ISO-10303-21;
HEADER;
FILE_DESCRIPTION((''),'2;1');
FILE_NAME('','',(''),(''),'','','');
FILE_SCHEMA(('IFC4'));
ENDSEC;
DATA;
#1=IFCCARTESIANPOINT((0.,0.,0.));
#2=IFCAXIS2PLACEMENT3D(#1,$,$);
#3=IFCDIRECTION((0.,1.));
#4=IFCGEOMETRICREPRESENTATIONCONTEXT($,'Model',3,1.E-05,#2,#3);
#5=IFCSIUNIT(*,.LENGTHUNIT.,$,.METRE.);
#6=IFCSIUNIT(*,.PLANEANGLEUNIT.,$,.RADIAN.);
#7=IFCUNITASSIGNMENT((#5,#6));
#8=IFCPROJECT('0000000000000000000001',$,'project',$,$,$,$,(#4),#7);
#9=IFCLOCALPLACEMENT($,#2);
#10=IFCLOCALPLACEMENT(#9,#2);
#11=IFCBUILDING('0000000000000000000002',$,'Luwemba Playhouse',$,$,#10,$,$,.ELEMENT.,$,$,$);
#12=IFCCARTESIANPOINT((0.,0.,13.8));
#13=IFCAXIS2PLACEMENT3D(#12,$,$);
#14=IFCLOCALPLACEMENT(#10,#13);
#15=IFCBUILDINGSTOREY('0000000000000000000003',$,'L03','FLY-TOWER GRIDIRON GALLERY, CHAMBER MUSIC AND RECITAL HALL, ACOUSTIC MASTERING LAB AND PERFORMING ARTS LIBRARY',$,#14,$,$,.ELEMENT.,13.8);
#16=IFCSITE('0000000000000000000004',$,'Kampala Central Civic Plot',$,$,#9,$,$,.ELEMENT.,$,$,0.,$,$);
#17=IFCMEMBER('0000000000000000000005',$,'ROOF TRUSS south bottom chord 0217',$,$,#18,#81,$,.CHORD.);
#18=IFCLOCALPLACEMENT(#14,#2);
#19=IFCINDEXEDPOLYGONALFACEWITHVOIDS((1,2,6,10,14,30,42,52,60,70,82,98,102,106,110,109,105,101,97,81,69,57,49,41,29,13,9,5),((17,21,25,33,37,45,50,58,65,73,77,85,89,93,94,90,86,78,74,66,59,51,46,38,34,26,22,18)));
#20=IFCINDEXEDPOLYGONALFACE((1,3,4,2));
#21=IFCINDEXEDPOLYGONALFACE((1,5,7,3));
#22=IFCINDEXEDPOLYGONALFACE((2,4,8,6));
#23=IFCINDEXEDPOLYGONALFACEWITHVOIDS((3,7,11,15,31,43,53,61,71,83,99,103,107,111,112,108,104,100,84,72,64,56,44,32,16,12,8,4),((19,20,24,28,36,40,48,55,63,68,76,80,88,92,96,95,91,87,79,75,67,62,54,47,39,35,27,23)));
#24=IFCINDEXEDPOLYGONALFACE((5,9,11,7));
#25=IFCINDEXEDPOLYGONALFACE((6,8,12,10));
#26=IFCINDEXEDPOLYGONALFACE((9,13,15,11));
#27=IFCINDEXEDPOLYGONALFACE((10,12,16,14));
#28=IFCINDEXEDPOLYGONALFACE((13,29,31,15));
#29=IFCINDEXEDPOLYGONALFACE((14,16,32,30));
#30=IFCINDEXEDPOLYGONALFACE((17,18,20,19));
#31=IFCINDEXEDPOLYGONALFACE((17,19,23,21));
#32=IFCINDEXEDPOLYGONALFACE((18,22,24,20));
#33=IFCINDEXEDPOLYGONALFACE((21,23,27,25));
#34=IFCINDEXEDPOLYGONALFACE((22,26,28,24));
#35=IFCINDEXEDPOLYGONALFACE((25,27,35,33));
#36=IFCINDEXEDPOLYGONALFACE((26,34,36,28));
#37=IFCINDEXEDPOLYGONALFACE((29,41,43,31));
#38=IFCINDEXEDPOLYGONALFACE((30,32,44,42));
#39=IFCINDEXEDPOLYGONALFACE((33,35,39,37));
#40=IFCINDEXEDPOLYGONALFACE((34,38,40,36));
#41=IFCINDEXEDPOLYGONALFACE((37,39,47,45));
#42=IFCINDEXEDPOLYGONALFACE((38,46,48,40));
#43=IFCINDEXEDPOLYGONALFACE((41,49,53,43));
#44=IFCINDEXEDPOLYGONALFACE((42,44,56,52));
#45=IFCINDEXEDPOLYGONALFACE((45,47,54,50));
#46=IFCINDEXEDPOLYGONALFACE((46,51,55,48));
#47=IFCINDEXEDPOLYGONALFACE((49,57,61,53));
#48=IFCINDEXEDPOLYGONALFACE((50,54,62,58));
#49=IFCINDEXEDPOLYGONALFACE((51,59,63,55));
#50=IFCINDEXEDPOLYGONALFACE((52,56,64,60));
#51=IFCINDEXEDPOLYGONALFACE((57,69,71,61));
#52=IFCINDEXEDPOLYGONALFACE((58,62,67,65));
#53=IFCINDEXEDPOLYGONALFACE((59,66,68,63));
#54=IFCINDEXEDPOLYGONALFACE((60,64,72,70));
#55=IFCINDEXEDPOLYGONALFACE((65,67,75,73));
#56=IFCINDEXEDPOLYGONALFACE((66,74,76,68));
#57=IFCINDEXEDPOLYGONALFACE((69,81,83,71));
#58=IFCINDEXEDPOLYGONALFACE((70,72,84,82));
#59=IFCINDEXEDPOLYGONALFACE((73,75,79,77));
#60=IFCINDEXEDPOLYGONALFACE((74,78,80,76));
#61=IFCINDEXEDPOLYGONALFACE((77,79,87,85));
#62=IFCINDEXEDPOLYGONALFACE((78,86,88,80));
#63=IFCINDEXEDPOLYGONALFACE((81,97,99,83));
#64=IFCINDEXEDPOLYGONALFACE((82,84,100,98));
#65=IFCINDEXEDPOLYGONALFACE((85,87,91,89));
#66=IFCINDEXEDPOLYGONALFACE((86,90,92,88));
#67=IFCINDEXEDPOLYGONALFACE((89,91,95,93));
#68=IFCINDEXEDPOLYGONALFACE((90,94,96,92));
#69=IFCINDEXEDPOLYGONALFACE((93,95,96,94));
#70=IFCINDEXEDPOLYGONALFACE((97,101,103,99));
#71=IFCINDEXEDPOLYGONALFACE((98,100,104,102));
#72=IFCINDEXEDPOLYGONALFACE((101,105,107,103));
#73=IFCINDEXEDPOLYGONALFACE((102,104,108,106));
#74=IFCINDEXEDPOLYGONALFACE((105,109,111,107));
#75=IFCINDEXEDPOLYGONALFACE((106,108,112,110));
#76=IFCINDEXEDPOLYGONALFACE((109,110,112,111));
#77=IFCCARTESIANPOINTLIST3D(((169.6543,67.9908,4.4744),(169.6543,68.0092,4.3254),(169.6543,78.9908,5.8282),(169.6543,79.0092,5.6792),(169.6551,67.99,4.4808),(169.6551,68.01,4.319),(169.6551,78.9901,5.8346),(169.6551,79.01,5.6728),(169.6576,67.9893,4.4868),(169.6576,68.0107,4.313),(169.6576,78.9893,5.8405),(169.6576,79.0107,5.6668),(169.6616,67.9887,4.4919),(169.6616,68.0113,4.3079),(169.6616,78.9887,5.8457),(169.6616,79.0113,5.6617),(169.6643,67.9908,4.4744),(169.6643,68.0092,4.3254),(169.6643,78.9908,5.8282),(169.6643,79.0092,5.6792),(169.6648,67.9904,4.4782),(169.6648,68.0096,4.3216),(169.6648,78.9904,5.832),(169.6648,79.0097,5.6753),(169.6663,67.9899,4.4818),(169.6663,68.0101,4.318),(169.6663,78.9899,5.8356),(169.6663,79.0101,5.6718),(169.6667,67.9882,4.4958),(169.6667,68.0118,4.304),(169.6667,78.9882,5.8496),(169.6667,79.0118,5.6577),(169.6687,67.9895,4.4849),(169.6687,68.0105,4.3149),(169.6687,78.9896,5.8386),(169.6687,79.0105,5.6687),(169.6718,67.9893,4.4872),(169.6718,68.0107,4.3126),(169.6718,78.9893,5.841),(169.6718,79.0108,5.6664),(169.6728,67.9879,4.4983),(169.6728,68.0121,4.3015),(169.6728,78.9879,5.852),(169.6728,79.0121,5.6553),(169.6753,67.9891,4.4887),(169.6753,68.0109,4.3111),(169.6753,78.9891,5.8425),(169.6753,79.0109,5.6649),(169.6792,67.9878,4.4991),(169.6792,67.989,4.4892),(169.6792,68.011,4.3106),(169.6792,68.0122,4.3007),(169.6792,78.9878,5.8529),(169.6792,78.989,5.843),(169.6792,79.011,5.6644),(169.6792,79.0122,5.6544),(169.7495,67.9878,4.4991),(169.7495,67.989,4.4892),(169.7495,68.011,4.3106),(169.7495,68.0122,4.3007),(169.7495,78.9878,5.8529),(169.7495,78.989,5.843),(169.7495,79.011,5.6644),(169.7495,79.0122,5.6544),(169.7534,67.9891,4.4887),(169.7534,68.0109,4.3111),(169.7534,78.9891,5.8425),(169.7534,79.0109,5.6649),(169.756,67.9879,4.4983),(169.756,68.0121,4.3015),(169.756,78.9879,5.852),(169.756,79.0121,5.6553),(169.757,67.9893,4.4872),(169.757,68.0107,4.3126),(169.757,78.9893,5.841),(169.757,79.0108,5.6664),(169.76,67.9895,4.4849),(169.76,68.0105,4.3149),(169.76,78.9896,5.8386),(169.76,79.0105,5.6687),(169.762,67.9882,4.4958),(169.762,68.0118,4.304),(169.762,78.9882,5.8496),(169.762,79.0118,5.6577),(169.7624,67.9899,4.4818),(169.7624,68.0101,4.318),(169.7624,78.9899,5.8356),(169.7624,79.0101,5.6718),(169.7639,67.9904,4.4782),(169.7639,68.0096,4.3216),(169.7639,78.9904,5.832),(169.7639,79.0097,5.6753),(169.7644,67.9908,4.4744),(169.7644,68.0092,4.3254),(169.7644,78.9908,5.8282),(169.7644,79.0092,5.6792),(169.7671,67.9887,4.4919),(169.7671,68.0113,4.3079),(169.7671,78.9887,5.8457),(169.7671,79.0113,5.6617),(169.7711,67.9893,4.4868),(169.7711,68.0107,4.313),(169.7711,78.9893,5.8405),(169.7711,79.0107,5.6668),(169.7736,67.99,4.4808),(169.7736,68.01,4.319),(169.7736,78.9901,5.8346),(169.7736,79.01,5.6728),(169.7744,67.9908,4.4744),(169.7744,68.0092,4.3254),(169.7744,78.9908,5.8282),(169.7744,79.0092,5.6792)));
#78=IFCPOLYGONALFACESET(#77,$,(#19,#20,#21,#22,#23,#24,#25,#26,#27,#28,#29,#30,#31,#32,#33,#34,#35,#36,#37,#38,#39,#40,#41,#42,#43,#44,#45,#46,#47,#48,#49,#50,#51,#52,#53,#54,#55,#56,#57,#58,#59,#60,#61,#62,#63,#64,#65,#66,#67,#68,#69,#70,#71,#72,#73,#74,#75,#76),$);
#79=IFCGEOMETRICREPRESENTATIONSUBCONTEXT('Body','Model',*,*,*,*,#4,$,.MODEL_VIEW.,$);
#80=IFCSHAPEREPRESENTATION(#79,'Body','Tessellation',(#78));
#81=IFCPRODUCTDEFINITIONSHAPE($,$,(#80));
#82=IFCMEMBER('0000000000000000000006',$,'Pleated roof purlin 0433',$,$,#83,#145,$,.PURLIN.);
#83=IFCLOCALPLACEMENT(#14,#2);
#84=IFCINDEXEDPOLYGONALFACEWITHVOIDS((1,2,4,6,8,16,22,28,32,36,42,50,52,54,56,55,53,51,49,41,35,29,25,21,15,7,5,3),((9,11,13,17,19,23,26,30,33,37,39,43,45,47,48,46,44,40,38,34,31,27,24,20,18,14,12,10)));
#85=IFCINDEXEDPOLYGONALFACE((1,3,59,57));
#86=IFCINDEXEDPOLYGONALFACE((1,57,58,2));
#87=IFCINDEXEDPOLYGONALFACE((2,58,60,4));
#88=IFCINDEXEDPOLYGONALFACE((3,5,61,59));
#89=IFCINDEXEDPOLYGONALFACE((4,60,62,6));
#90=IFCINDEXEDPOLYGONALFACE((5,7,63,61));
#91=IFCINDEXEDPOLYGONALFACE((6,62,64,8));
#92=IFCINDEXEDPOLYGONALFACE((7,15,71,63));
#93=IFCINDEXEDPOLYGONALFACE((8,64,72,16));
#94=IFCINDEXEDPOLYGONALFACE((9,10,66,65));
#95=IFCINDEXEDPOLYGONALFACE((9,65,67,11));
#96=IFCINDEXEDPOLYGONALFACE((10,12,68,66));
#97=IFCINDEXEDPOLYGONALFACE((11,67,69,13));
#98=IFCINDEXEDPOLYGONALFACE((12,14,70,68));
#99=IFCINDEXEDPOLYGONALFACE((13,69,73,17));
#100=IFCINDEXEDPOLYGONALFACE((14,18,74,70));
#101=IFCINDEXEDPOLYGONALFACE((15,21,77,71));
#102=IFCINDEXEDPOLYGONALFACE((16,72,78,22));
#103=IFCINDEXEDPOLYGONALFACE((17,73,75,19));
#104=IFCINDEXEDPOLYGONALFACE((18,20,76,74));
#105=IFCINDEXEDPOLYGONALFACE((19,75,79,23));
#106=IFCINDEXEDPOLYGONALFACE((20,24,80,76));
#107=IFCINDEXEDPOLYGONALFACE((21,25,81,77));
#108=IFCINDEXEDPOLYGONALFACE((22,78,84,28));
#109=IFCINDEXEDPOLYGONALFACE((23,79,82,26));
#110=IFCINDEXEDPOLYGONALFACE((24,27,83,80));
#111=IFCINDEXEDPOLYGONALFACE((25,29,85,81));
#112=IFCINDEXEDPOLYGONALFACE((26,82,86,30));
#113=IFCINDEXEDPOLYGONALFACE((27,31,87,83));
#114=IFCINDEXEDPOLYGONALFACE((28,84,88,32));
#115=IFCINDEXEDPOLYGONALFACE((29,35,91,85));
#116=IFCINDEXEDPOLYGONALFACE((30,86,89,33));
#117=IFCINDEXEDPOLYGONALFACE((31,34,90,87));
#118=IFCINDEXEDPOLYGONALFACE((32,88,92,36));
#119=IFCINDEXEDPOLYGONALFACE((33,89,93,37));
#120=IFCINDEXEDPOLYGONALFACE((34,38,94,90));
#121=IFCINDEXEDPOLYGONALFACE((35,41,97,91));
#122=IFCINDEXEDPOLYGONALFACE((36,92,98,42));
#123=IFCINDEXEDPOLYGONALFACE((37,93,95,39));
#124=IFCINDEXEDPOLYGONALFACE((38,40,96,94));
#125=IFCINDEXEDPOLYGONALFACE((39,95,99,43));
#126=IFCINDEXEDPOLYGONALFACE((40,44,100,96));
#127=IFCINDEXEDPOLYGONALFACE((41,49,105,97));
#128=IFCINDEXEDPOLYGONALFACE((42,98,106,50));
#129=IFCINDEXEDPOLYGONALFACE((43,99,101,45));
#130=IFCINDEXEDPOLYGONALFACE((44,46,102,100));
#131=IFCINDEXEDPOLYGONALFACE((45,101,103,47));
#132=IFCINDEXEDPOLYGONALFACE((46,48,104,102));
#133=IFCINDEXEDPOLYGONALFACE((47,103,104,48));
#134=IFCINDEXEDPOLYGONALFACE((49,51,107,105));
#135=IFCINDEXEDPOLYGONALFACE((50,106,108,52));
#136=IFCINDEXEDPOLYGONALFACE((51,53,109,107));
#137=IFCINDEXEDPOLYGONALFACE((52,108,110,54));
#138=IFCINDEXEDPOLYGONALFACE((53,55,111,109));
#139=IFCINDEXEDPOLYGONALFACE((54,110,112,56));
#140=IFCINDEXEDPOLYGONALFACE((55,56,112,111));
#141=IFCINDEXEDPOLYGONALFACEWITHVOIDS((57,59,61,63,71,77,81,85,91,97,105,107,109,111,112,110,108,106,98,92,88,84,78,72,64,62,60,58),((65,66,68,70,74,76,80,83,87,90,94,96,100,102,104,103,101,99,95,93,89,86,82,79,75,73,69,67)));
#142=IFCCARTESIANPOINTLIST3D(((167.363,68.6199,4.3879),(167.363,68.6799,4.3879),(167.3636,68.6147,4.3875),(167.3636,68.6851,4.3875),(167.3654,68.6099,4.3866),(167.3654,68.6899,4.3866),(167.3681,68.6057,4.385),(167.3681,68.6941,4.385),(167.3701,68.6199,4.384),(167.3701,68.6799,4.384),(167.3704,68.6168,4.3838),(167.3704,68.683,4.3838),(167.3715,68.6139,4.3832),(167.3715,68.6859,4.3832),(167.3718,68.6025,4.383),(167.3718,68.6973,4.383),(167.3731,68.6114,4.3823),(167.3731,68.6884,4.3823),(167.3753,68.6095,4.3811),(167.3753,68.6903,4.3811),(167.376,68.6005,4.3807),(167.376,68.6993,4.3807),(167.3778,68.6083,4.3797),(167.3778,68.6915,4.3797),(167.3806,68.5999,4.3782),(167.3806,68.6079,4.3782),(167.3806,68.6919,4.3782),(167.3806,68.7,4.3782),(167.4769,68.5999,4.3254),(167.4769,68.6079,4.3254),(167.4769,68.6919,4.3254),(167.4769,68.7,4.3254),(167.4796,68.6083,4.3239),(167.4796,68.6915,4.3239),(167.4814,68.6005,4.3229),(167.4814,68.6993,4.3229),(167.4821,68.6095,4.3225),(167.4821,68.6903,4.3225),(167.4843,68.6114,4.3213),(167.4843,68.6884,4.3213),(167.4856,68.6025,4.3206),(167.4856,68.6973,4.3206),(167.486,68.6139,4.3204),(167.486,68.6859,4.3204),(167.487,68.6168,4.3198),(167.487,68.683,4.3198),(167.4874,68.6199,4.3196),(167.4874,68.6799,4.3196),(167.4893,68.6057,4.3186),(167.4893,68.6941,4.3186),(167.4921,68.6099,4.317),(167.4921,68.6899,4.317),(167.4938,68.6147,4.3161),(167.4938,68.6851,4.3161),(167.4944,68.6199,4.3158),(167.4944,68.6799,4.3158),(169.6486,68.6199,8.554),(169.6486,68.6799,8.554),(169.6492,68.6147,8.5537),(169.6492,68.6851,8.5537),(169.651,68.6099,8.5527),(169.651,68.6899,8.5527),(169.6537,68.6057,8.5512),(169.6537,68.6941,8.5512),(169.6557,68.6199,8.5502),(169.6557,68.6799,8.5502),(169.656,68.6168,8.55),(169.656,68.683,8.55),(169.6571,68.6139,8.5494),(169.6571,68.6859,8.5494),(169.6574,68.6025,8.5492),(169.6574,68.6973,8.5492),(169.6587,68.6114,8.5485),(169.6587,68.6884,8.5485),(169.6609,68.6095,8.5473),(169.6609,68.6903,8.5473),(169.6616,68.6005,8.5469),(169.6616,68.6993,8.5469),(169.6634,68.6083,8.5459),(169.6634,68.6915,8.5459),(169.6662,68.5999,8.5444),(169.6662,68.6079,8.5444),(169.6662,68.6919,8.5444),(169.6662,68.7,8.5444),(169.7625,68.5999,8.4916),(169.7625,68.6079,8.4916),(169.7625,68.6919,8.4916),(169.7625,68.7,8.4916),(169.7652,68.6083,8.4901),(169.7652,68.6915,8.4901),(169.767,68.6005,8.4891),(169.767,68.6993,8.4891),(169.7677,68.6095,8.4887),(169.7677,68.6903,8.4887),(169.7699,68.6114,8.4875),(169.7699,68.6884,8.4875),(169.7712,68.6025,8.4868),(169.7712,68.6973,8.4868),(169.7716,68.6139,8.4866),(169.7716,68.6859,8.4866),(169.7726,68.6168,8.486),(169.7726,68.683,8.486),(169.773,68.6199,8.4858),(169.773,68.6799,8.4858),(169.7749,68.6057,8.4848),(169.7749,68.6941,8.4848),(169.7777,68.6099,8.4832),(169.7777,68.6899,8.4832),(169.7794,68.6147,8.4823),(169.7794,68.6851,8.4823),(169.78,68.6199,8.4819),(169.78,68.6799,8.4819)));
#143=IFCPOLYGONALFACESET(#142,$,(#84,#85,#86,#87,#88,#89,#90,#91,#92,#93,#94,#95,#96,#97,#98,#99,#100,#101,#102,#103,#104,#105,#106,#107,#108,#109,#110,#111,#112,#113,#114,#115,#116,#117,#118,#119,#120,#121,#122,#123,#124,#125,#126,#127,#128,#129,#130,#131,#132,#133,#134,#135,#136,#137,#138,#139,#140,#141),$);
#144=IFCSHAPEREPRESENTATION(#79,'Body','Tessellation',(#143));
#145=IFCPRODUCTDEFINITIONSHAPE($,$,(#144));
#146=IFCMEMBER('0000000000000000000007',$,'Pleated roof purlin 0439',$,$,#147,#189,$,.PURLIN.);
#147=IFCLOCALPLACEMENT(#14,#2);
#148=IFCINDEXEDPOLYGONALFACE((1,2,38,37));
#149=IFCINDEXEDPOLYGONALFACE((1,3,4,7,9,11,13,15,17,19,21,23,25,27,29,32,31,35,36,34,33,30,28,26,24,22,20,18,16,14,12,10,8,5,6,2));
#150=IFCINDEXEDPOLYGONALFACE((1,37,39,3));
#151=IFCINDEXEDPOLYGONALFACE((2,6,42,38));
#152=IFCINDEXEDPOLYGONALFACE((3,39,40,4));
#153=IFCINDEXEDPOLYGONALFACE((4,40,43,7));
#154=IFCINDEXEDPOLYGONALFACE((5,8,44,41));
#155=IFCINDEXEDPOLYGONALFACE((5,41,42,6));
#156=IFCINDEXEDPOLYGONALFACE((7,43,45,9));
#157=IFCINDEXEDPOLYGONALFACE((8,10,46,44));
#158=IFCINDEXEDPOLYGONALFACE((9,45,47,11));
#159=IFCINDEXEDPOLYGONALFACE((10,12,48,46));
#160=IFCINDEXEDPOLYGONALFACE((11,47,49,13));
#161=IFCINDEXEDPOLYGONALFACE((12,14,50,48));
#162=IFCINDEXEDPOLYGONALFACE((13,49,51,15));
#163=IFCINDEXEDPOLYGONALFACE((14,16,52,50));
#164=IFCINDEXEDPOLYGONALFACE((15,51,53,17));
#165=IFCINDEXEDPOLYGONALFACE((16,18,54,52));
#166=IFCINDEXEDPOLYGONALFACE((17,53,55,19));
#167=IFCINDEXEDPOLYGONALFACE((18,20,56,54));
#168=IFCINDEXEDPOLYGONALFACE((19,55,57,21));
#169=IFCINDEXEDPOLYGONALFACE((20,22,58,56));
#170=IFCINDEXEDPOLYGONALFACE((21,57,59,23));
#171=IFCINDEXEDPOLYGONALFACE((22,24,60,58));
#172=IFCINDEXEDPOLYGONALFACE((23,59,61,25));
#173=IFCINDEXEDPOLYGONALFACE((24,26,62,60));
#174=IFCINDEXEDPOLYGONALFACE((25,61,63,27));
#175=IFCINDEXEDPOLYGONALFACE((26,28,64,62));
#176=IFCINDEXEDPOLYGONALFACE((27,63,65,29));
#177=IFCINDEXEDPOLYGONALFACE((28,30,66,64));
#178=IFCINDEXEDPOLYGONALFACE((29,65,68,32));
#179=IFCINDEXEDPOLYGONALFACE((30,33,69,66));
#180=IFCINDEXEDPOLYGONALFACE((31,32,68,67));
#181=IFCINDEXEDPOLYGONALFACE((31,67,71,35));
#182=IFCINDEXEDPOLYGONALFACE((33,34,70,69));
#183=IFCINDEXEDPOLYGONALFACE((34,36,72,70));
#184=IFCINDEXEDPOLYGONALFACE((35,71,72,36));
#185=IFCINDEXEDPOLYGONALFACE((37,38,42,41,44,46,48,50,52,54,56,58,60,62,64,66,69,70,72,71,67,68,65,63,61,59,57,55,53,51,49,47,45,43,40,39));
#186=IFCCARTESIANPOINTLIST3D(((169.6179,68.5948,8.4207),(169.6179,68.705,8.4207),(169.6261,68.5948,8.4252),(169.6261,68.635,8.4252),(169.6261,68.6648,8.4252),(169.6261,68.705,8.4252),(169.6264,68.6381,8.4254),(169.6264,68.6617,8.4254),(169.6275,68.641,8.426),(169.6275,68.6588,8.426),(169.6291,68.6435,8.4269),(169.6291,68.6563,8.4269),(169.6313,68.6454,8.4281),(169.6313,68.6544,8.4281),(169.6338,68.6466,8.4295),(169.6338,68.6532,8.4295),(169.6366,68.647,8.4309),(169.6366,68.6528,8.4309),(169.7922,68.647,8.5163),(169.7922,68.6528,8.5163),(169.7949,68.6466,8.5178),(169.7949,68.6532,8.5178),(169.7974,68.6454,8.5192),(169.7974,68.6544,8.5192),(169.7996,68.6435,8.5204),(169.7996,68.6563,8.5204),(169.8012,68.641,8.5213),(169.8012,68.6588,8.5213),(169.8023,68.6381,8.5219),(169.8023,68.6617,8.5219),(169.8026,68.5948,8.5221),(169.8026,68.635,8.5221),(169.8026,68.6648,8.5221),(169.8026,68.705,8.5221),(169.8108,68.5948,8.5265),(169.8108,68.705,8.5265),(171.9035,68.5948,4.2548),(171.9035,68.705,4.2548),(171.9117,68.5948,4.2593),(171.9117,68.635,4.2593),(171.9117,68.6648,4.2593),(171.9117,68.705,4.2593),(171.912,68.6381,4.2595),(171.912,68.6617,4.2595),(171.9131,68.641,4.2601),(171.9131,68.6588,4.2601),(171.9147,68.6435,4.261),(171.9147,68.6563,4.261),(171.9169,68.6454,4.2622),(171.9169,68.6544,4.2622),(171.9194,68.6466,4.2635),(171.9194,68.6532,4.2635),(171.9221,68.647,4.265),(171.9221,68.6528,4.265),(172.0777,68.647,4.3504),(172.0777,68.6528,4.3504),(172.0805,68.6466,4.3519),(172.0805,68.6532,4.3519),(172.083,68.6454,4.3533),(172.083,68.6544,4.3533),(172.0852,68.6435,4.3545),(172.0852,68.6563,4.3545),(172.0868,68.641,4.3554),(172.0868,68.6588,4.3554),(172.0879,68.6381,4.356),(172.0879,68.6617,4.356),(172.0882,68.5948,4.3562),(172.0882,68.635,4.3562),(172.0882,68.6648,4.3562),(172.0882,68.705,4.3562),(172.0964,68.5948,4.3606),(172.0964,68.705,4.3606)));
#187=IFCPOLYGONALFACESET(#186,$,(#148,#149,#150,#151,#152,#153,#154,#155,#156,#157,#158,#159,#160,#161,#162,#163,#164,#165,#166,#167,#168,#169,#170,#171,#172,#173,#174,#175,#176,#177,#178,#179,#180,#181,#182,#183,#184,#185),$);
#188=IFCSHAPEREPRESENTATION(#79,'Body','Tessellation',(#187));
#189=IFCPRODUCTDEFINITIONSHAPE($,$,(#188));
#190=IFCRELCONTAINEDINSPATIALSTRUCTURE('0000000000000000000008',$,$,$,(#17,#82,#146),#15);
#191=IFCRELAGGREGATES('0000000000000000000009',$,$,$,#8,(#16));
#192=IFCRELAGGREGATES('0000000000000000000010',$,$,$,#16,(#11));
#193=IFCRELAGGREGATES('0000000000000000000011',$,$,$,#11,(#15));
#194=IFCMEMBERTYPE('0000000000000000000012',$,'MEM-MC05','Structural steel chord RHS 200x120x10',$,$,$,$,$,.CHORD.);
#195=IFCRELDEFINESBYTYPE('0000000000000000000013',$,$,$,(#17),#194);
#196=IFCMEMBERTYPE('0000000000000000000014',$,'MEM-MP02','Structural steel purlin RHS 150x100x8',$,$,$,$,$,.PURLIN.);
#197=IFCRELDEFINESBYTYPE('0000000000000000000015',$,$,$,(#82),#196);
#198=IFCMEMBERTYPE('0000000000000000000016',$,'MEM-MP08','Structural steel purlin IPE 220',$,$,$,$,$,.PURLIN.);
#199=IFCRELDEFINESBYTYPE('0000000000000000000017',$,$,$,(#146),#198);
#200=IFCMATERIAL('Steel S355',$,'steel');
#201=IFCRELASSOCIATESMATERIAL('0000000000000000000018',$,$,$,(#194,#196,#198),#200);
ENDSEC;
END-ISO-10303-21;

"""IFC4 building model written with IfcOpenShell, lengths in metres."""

from ifc_helpers import new_model, si_unit, direction, frame, origin, origin_2d, place, context, subcontext, project, spatial, hollow_rectangle, i_section, extrude, material, material_profile, profile_set, type_object, element, save


model = new_model("IFC4")

# Units and contexts
model_context = context("Model", 3, precision=1e-05, world=origin(), true_north=direction((0.0, 1.0)))
body_context = subcontext(model_context, "Body", "Model", "MODEL_VIEW")
ifc_project = project(units=[si_unit("LENGTHUNIT", "METRE"), si_unit("PLANEANGLEUNIT", "RADIAN")], contexts=[model_context])

# Site, building, storey
site_placement = place(None, origin())
site = spatial("IfcSite", under=ifc_project, at=site_placement, Name="Kampala Central Civic Plot", CompositionType="ELEMENT", RefElevation=0.0)
building_placement = place(site_placement, origin())
building = spatial("IfcBuilding", under=site, at=building_placement, Name="Luwemba Playhouse", CompositionType="ELEMENT")
storey_placement = place(building_placement, frame((0.0, 0.0, 13.8)))
storey = spatial("IfcBuildingStorey", under=building, at=storey_placement, Name="L03", Description="FLY-TOWER GRIDIRON GALLERY, CHAMBER MUSIC AND RECITAL HALL, ACOUSTIC MASTERING LAB AND PERFORMING ARTS LIBRARY", CompositionType="ELEMENT", Elevation=13.8)

# Shared definitions
ifc_material_1 = material(Name="Steel S355", Category="steel")

# Members
ifc_material_profile_1 = material_profile(ifc_material_1, hollow_rectangle(XDim=0.1201, YDim=0.2, WallThickness=0.01, InnerFilletRadius=0.0149, OuterFilletRadius=0.0249, at=origin_2d()))
ifc_profile_set_1 = profile_set([ifc_material_profile_1], Name="Steel S355")
member_type_1 = type_object("IfcMemberType", Name="MEM-MC05", Description="Structural steel chord RHS 200x120x10", PredefinedType="CHORD", material=ifc_profile_set_1)
member_1_placement = place(storey_placement, frame((169.7144, 68.0, 4.3999), z_axis=(0.0, 0.992512, 0.122148), x_axis=(-1.0, 0.0, 0.0)))
element("IfcMember", 1, at=member_1_placement, inside=storey, type_object=member_type_1, Name="ROOF TRUSS south bottom chord 0217", PredefinedType="CHORD", context=body_context, shape_type="SweptSolid", body=[
    extrude(hollow_rectangle(XDim=0.1201, YDim=0.2, WallThickness=0.01, InnerFilletRadius=0.0149, OuterFilletRadius=0.0249, at=origin_2d()), origin(), (0.0, 0.0, 1.0), 11.083),
])
ifc_material_profile_2 = material_profile(ifc_material_1, hollow_rectangle(XDim=0.1001, YDim=0.1499, WallThickness=0.0081, InnerFilletRadius=0.012, OuterFilletRadius=0.02, at=origin_2d()))
ifc_profile_set_2 = profile_set([ifc_material_profile_2], Name="Steel S355")
member_type_2 = type_object("IfcMemberType", Name="MEM-MP02", Description="Structural steel purlin RHS 150x100x8", PredefinedType="PURLIN", material=ifc_profile_set_2)
member_2_placement = place(storey_placement, frame((167.4287, 68.6499, 4.3518), z_axis=(0.480982, 0.0, 0.876731), x_axis=(0.0, 1.0, 0.0)))
element("IfcMember", 2, at=member_2_placement, inside=storey, type_object=member_type_2, Name="Pleated roof purlin 0433", PredefinedType="PURLIN", context=body_context, shape_type="SweptSolid", body=[
    extrude(hollow_rectangle(XDim=0.1001, YDim=0.1499, WallThickness=0.0081, InnerFilletRadius=0.012, OuterFilletRadius=0.02, at=origin_2d()), origin(), (0.0, 0.0, 1.0), 4.752),
])
ifc_material_profile_3 = material_profile(ifc_material_1, i_section(OverallWidth=0.1101, OverallDepth=0.22, WebThickness=0.0059, FlangeThickness=0.0093, FilletRadius=0.012, at=origin_2d()))
ifc_profile_set_3 = profile_set([ifc_material_profile_3], Name="Steel S355")
member_type_3 = type_object("IfcMemberType", Name="MEM-MP08", Description="Structural steel purlin IPE 220", PredefinedType="PURLIN", material=ifc_profile_set_3)
member_3_placement = place(storey_placement, frame((169.7144, 68.6499, 8.4736), z_axis=(0.481003, 0.0, -0.876719), x_axis=(0.0, 1.0, 0.0)))
element("IfcMember", 3, at=member_3_placement, inside=storey, type_object=member_type_3, Name="Pleated roof purlin 0439", PredefinedType="PURLIN", context=body_context, shape_type="SweptSolid", body=[
    extrude(i_section(OverallWidth=0.1101, OverallDepth=0.22, WebThickness=0.0059, FlangeThickness=0.0093, FilletRadius=0.012, at=origin_2d()), origin(), (0.0, 0.0, 1.0), 4.7517),
])

save(model, "model.ifc")
